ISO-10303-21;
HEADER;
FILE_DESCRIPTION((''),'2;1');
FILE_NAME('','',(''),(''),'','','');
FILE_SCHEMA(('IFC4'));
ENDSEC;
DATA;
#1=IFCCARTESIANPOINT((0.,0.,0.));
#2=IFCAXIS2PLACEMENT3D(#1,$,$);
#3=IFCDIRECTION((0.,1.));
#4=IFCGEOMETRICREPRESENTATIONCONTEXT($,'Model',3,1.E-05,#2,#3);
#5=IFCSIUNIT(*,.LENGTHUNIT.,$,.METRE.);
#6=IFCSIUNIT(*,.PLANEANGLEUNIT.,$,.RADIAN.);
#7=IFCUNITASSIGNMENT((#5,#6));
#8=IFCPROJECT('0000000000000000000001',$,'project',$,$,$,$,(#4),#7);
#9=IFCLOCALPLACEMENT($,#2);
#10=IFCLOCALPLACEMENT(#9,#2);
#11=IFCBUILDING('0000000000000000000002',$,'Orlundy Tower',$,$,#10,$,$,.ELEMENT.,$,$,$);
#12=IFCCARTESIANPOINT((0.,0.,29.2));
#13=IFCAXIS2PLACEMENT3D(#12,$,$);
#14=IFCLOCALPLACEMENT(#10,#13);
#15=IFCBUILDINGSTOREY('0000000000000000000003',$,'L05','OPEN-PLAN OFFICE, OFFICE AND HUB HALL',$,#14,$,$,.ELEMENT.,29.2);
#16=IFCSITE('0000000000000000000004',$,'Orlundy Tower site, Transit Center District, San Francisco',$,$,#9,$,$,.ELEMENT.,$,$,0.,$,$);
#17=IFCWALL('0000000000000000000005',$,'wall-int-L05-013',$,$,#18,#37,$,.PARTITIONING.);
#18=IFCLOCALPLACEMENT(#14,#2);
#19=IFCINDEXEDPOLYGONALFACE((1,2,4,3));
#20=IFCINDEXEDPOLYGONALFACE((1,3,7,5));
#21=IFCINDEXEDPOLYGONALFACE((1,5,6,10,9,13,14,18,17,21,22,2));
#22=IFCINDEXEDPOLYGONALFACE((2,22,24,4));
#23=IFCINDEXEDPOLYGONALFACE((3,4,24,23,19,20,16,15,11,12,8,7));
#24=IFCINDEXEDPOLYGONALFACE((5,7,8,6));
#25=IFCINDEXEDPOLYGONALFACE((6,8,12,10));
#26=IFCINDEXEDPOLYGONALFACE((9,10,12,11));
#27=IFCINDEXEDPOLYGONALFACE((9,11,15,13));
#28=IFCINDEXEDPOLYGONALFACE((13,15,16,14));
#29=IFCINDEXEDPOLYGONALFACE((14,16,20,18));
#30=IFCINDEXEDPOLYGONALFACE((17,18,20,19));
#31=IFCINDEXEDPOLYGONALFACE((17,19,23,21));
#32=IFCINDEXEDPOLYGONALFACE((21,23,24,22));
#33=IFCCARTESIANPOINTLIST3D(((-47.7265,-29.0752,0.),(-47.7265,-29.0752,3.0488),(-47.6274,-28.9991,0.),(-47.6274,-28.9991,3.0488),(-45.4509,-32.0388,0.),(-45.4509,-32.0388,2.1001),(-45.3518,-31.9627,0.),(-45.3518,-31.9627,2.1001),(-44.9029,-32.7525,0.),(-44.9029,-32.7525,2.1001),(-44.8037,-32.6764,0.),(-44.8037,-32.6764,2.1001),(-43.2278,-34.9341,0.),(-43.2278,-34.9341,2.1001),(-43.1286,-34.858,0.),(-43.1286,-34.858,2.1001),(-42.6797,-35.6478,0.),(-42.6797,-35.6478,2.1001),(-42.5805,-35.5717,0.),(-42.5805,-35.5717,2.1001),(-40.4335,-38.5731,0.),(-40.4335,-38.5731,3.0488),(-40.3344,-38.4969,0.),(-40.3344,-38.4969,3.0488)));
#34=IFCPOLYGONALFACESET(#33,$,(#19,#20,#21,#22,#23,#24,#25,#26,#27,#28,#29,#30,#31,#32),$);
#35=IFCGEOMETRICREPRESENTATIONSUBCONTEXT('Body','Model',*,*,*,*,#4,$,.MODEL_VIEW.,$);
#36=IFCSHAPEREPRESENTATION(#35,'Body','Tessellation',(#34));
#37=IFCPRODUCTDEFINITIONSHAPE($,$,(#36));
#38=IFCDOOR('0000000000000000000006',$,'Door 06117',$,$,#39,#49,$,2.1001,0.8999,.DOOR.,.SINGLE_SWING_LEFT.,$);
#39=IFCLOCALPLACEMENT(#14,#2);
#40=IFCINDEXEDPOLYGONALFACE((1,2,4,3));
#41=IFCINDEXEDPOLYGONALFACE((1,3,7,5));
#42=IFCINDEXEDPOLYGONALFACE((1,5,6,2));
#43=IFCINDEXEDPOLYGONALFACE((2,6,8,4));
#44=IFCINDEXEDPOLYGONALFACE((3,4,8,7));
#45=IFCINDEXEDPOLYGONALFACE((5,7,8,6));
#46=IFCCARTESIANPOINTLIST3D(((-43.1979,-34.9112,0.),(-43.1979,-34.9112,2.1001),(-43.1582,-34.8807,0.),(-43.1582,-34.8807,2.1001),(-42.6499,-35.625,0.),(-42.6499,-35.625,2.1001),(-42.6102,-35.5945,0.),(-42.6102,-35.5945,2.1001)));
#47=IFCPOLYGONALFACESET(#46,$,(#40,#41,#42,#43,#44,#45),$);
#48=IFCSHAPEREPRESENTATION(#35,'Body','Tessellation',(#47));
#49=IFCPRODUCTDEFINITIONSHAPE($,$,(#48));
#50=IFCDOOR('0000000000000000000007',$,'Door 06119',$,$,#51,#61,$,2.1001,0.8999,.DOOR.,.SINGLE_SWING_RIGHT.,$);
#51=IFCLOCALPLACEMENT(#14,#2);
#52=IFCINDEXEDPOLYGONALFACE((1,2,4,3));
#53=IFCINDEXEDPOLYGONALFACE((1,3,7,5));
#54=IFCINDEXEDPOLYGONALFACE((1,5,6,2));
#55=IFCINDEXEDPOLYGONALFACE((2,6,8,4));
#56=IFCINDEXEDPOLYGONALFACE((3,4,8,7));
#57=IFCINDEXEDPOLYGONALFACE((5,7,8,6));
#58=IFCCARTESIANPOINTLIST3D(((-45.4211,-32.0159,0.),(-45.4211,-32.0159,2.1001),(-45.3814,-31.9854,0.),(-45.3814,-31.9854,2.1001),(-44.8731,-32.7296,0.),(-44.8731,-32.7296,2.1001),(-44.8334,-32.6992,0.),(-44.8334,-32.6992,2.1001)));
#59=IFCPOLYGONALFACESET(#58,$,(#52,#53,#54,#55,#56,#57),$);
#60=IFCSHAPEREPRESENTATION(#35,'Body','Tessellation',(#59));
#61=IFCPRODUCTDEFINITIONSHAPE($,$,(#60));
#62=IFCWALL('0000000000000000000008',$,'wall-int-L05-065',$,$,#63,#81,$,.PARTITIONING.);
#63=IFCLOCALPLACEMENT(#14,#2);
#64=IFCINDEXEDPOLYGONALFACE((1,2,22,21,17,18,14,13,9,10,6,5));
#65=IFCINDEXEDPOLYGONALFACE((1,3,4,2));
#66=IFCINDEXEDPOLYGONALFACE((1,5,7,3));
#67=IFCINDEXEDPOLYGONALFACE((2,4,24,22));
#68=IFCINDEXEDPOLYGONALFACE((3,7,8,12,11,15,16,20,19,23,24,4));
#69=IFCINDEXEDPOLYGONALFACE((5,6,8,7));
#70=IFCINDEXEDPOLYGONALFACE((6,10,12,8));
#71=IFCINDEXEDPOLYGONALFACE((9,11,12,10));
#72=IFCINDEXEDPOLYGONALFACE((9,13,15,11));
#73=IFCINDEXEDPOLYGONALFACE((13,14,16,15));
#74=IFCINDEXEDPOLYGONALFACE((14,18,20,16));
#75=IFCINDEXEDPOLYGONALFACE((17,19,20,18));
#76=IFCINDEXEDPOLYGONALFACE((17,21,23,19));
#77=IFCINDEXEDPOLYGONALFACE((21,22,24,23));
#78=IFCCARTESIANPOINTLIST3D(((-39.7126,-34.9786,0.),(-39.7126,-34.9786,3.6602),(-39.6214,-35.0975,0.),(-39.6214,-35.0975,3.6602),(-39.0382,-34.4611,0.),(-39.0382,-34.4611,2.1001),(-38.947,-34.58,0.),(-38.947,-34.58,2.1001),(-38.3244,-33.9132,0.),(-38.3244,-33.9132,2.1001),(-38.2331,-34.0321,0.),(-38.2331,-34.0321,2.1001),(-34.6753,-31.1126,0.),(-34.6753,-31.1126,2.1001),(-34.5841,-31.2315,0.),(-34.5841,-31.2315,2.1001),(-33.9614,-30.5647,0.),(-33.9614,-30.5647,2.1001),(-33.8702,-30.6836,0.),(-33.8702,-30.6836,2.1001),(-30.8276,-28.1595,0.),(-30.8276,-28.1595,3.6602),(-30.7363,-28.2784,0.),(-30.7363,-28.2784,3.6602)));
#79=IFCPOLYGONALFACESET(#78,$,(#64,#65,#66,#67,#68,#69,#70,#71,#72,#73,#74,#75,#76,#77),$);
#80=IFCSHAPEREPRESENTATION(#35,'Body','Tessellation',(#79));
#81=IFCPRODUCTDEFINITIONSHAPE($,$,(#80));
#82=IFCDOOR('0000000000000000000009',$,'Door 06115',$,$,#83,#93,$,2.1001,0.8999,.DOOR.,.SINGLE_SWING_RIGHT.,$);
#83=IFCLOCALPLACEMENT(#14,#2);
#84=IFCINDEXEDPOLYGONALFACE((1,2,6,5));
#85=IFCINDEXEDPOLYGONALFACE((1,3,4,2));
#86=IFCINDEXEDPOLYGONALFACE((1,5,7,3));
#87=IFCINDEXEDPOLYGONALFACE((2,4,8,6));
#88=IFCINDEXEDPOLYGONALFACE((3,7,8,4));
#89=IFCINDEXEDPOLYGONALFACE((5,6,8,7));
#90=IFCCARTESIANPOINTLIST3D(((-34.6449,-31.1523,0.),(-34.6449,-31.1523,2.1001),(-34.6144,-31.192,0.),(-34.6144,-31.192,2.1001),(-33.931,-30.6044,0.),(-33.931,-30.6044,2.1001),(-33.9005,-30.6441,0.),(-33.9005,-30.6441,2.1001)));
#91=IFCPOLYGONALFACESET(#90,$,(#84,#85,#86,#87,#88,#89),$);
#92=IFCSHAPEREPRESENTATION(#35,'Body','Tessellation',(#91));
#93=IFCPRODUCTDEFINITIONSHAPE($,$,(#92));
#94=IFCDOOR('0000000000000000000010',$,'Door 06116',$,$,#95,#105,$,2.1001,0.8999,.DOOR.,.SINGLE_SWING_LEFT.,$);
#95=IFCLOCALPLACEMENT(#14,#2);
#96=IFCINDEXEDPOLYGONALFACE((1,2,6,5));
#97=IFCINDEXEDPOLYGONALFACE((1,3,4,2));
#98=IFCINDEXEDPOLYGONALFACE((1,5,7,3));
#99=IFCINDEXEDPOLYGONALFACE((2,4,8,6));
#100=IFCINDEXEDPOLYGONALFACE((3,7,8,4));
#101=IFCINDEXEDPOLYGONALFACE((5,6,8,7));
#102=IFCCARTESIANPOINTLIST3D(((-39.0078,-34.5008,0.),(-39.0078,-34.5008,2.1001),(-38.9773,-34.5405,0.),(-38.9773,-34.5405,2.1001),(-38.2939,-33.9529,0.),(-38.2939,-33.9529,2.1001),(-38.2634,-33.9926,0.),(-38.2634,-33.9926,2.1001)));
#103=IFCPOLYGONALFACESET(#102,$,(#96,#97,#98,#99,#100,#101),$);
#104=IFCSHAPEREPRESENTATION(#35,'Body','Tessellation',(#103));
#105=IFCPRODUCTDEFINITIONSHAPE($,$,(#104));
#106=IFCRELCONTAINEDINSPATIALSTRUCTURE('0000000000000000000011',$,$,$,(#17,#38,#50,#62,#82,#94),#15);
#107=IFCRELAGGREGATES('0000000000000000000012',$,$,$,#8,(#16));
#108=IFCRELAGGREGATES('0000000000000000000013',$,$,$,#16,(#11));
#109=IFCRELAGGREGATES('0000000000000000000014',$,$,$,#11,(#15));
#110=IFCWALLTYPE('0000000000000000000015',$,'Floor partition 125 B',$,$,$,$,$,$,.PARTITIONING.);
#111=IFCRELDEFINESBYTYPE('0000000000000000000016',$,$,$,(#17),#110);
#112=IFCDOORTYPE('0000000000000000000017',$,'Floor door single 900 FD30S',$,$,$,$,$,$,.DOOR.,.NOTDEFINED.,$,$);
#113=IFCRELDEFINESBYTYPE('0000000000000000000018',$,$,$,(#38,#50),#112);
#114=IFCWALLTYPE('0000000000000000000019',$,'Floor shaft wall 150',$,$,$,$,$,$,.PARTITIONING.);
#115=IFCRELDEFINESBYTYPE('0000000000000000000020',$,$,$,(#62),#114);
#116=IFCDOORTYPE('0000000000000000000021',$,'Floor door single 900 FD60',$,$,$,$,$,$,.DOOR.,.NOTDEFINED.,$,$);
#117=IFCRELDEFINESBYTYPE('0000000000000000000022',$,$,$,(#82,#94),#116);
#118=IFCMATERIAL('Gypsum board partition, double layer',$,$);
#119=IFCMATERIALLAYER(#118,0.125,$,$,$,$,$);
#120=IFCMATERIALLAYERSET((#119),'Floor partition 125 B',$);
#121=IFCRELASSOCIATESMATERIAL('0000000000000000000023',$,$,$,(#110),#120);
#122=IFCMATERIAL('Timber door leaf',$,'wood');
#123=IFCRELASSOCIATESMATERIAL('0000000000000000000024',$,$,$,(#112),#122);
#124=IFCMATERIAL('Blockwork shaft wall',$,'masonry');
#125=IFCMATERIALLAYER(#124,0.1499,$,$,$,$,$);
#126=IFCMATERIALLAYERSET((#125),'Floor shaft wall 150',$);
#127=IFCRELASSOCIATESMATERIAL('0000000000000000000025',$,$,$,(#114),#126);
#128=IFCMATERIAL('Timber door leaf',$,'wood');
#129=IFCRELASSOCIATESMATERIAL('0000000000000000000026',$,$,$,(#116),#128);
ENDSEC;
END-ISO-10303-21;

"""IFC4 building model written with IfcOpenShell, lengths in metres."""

from ifc_helpers import new_model, si_unit, direction, frame, frame_2d, origin, place, context, subcontext, project, spatial, rectangle, extrude, material, layer, layer_set, type_object, element, fill, save


model = new_model("IFC4")

# Units and contexts
model_context = context("Model", 3, precision=1e-05, world=origin(), true_north=direction((0.0, 1.0)))
body_context = subcontext(model_context, "Body", "Model", "MODEL_VIEW")
ifc_project = project(units=[si_unit("LENGTHUNIT", "METRE"), si_unit("PLANEANGLEUNIT", "RADIAN")], contexts=[model_context])

# Site, building, storey
site_placement = place(None, origin())
site = spatial("IfcSite", under=ifc_project, at=site_placement, Name="Orlundy Tower site, Transit Center District, San Francisco", CompositionType="ELEMENT", RefElevation=0.0)
building_placement = place(site_placement, origin())
building = spatial("IfcBuilding", under=site, at=building_placement, Name="Orlundy Tower", CompositionType="ELEMENT")
storey_placement = place(building_placement, frame((0.0, 0.0, 29.2)))
storey = spatial("IfcBuildingStorey", under=building, at=storey_placement, Name="L05", Description="OPEN-PLAN OFFICE, OFFICE AND HUB HALL", CompositionType="ELEMENT", Elevation=29.2)

# Walls, openings, doors
ifc_material_1 = material(Name="Gypsum board partition, double layer")
ifc_layer_1 = layer(ifc_material_1, 0.125)
ifc_layer_set_1 = layer_set([ifc_layer_1], Name="Floor partition 125 B")
wall_type_1 = type_object("IfcWallType", Name="Floor partition 125 B", PredefinedType="PARTITIONING", material=ifc_layer_set_1)
wall_1_placement = place(storey_placement, frame((-40.384, -38.5349, 0.0), z_axis=(0.0, 0.0, 1.0), x_axis=(-0.609027, 0.79315, 0.0)))
wall_1 = element("IfcWall", 1, at=wall_1_placement, inside=storey, type_object=wall_type_1, Name="wall-int-L05-013", PredefinedType="PARTITIONING", context=body_context, shape_type="SweptSolid", body=[
    extrude(rectangle(XDim=11.9749, YDim=0.125, at=frame_2d((5.9873, 0.0))), origin(), (0.0, 0.0, 1.0), 3.0488),
])
opening_1_placement = place(wall_1_placement, frame((3.688, 0.0, 0.0)))
opening_1 = element("IfcOpeningElement", 2, at=opening_1_placement, cuts=wall_1, PredefinedType="OPENING", context=body_context, shape_type="SweptSolid", body=[
    extrude(rectangle(XDim=0.8999, YDim=2.1001, at=frame_2d((0.45, 1.05))), frame((0.0, 0.0725, 0.0), z_axis=(0.0, -1.0, 0.0), x_axis=(1.0, 0.0, 0.0)), (0.0, 0.0, 1.0), 0.145),
])
opening_2_placement = place(wall_1_placement, frame((7.3384, 0.0, 0.0)))
opening_2 = element("IfcOpeningElement", 3, at=opening_2_placement, cuts=wall_1, PredefinedType="OPENING", context=body_context, shape_type="SweptSolid", body=[
    extrude(rectangle(XDim=0.8999, YDim=2.1001, at=frame_2d((0.45, 1.05))), frame((0.0, 0.0725, 0.0), z_axis=(0.0, -1.0, 0.0), x_axis=(1.0, 0.0, 0.0)), (0.0, 0.0, 1.0), 0.145),
])
ifc_material_2 = material(Name="Timber door leaf", Category="wood")
door_type_1 = type_object("IfcDoorType", Name="Floor door single 900 FD30S", OperationType="NOTDEFINED", PredefinedType="DOOR", material=ifc_material_2)
door_1_placement = place(opening_1_placement, origin())
door_1 = element("IfcDoor", 4, at=door_1_placement, inside=storey, type_object=door_type_1, Name="Door 06117", OperationType="SINGLE_SWING_LEFT", OverallHeight=2.1001, OverallWidth=0.8999, PredefinedType="DOOR", context=body_context, shape_type="SweptSolid", body=[
    extrude(rectangle(XDim=0.8999, YDim=2.1001, at=frame_2d((0.45, 1.05))), frame((0.0, 0.0249, 0.0), z_axis=(0.0, -1.0, 0.0), x_axis=(1.0, 0.0, 0.0)), (0.0, 0.0, 1.0), 0.05),
])
fill(opening_1, door_1)
door_2_placement = place(opening_2_placement, origin())
door_2 = element("IfcDoor", 5, at=door_2_placement, inside=storey, type_object=door_type_1, Name="Door 06119", OperationType="SINGLE_SWING_RIGHT", OverallHeight=2.1001, OverallWidth=0.8999, PredefinedType="DOOR", context=body_context, shape_type="SweptSolid", body=[
    extrude(rectangle(XDim=0.8999, YDim=2.1001, at=frame_2d((0.45, 1.05))), frame((0.0, 0.0249, 0.0), z_axis=(0.0, -1.0, 0.0), x_axis=(1.0, 0.0, 0.0)), (0.0, 0.0, 1.0), 0.05),
])
fill(opening_2, door_2)
ifc_material_3 = material(Name="Blockwork shaft wall", Category="masonry")
ifc_layer_2 = layer(ifc_material_3, 0.1499)
ifc_layer_set_2 = layer_set([ifc_layer_2], Name="Floor shaft wall 150")
wall_type_2 = type_object("IfcWallType", Name="Floor shaft wall 150", PredefinedType="PARTITIONING", material=ifc_layer_set_2)
wall_2_placement = place(storey_placement, frame((-39.667, -35.0381, 0.0), z_axis=(0.0, 0.0, 1.0), x_axis=(0.793294, 0.608839, 0.0)))
wall_2 = element("IfcWall", 6, at=wall_2_placement, inside=storey, type_object=wall_type_2, Name="wall-int-L05-065", PredefinedType="PARTITIONING", context=body_context, shape_type="SweptSolid", body=[
    extrude(rectangle(XDim=11.2002, YDim=0.1499, at=frame_2d((5.6001, 0.0))), origin(), (0.0, 0.0, 1.0), 3.6602),
])
opening_3_placement = place(wall_2_placement, frame((6.3499, 0.0, 0.0)))
opening_3 = element("IfcOpeningElement", 7, at=opening_3_placement, cuts=wall_2, PredefinedType="OPENING", context=body_context, shape_type="SweptSolid", body=[
    extrude(rectangle(XDim=0.8999, YDim=2.1001, at=frame_2d((0.45, 1.05))), frame((0.0, 0.085, 0.0), z_axis=(0.0, -1.0, 0.0), x_axis=(1.0, 0.0, 0.0)), (0.0, 0.0, 1.0), 0.1699),
])
opening_4_placement = place(wall_2_placement, frame((0.8501, 0.0, 0.0)))
opening_4 = element("IfcOpeningElement", 8, at=opening_4_placement, cuts=wall_2, PredefinedType="OPENING", context=body_context, shape_type="SweptSolid", body=[
    extrude(rectangle(XDim=0.8999, YDim=2.1001, at=frame_2d((0.45, 1.05))), frame((0.0, 0.085, 0.0), z_axis=(0.0, -1.0, 0.0), x_axis=(1.0, 0.0, 0.0)), (0.0, 0.0, 1.0), 0.1699),
])
ifc_material_4 = material(Name="Timber door leaf", Category="wood")
door_type_2 = type_object("IfcDoorType", Name="Floor door single 900 FD60", OperationType="NOTDEFINED", PredefinedType="DOOR", material=ifc_material_4)
door_3_placement = place(opening_3_placement, origin())
door_3 = element("IfcDoor", 9, at=door_3_placement, inside=storey, type_object=door_type_2, Name="Door 06115", OperationType="SINGLE_SWING_RIGHT", OverallHeight=2.1001, OverallWidth=0.8999, PredefinedType="DOOR", context=body_context, shape_type="SweptSolid", body=[
    extrude(rectangle(XDim=0.8999, YDim=2.1001, at=frame_2d((0.45, 1.05))), frame((0.0, 0.0249, 0.0), z_axis=(0.0, -1.0, 0.0), x_axis=(1.0, 0.0, 0.0)), (0.0, 0.0, 1.0), 0.05),
])
fill(opening_3, door_3)
door_4_placement = place(opening_4_placement, origin())
door_4 = element("IfcDoor", 10, at=door_4_placement, inside=storey, type_object=door_type_2, Name="Door 06116", OperationType="SINGLE_SWING_LEFT", OverallHeight=2.1001, OverallWidth=0.8999, PredefinedType="DOOR", context=body_context, shape_type="SweptSolid", body=[
    extrude(rectangle(XDim=0.8999, YDim=2.1001, at=frame_2d((0.45, 1.05))), frame((0.0, 0.0249, 0.0), z_axis=(0.0, -1.0, 0.0), x_axis=(1.0, 0.0, 0.0)), (0.0, 0.0, 1.0), 0.05),
])
fill(opening_4, door_4)

save(model, "model.ifc")
